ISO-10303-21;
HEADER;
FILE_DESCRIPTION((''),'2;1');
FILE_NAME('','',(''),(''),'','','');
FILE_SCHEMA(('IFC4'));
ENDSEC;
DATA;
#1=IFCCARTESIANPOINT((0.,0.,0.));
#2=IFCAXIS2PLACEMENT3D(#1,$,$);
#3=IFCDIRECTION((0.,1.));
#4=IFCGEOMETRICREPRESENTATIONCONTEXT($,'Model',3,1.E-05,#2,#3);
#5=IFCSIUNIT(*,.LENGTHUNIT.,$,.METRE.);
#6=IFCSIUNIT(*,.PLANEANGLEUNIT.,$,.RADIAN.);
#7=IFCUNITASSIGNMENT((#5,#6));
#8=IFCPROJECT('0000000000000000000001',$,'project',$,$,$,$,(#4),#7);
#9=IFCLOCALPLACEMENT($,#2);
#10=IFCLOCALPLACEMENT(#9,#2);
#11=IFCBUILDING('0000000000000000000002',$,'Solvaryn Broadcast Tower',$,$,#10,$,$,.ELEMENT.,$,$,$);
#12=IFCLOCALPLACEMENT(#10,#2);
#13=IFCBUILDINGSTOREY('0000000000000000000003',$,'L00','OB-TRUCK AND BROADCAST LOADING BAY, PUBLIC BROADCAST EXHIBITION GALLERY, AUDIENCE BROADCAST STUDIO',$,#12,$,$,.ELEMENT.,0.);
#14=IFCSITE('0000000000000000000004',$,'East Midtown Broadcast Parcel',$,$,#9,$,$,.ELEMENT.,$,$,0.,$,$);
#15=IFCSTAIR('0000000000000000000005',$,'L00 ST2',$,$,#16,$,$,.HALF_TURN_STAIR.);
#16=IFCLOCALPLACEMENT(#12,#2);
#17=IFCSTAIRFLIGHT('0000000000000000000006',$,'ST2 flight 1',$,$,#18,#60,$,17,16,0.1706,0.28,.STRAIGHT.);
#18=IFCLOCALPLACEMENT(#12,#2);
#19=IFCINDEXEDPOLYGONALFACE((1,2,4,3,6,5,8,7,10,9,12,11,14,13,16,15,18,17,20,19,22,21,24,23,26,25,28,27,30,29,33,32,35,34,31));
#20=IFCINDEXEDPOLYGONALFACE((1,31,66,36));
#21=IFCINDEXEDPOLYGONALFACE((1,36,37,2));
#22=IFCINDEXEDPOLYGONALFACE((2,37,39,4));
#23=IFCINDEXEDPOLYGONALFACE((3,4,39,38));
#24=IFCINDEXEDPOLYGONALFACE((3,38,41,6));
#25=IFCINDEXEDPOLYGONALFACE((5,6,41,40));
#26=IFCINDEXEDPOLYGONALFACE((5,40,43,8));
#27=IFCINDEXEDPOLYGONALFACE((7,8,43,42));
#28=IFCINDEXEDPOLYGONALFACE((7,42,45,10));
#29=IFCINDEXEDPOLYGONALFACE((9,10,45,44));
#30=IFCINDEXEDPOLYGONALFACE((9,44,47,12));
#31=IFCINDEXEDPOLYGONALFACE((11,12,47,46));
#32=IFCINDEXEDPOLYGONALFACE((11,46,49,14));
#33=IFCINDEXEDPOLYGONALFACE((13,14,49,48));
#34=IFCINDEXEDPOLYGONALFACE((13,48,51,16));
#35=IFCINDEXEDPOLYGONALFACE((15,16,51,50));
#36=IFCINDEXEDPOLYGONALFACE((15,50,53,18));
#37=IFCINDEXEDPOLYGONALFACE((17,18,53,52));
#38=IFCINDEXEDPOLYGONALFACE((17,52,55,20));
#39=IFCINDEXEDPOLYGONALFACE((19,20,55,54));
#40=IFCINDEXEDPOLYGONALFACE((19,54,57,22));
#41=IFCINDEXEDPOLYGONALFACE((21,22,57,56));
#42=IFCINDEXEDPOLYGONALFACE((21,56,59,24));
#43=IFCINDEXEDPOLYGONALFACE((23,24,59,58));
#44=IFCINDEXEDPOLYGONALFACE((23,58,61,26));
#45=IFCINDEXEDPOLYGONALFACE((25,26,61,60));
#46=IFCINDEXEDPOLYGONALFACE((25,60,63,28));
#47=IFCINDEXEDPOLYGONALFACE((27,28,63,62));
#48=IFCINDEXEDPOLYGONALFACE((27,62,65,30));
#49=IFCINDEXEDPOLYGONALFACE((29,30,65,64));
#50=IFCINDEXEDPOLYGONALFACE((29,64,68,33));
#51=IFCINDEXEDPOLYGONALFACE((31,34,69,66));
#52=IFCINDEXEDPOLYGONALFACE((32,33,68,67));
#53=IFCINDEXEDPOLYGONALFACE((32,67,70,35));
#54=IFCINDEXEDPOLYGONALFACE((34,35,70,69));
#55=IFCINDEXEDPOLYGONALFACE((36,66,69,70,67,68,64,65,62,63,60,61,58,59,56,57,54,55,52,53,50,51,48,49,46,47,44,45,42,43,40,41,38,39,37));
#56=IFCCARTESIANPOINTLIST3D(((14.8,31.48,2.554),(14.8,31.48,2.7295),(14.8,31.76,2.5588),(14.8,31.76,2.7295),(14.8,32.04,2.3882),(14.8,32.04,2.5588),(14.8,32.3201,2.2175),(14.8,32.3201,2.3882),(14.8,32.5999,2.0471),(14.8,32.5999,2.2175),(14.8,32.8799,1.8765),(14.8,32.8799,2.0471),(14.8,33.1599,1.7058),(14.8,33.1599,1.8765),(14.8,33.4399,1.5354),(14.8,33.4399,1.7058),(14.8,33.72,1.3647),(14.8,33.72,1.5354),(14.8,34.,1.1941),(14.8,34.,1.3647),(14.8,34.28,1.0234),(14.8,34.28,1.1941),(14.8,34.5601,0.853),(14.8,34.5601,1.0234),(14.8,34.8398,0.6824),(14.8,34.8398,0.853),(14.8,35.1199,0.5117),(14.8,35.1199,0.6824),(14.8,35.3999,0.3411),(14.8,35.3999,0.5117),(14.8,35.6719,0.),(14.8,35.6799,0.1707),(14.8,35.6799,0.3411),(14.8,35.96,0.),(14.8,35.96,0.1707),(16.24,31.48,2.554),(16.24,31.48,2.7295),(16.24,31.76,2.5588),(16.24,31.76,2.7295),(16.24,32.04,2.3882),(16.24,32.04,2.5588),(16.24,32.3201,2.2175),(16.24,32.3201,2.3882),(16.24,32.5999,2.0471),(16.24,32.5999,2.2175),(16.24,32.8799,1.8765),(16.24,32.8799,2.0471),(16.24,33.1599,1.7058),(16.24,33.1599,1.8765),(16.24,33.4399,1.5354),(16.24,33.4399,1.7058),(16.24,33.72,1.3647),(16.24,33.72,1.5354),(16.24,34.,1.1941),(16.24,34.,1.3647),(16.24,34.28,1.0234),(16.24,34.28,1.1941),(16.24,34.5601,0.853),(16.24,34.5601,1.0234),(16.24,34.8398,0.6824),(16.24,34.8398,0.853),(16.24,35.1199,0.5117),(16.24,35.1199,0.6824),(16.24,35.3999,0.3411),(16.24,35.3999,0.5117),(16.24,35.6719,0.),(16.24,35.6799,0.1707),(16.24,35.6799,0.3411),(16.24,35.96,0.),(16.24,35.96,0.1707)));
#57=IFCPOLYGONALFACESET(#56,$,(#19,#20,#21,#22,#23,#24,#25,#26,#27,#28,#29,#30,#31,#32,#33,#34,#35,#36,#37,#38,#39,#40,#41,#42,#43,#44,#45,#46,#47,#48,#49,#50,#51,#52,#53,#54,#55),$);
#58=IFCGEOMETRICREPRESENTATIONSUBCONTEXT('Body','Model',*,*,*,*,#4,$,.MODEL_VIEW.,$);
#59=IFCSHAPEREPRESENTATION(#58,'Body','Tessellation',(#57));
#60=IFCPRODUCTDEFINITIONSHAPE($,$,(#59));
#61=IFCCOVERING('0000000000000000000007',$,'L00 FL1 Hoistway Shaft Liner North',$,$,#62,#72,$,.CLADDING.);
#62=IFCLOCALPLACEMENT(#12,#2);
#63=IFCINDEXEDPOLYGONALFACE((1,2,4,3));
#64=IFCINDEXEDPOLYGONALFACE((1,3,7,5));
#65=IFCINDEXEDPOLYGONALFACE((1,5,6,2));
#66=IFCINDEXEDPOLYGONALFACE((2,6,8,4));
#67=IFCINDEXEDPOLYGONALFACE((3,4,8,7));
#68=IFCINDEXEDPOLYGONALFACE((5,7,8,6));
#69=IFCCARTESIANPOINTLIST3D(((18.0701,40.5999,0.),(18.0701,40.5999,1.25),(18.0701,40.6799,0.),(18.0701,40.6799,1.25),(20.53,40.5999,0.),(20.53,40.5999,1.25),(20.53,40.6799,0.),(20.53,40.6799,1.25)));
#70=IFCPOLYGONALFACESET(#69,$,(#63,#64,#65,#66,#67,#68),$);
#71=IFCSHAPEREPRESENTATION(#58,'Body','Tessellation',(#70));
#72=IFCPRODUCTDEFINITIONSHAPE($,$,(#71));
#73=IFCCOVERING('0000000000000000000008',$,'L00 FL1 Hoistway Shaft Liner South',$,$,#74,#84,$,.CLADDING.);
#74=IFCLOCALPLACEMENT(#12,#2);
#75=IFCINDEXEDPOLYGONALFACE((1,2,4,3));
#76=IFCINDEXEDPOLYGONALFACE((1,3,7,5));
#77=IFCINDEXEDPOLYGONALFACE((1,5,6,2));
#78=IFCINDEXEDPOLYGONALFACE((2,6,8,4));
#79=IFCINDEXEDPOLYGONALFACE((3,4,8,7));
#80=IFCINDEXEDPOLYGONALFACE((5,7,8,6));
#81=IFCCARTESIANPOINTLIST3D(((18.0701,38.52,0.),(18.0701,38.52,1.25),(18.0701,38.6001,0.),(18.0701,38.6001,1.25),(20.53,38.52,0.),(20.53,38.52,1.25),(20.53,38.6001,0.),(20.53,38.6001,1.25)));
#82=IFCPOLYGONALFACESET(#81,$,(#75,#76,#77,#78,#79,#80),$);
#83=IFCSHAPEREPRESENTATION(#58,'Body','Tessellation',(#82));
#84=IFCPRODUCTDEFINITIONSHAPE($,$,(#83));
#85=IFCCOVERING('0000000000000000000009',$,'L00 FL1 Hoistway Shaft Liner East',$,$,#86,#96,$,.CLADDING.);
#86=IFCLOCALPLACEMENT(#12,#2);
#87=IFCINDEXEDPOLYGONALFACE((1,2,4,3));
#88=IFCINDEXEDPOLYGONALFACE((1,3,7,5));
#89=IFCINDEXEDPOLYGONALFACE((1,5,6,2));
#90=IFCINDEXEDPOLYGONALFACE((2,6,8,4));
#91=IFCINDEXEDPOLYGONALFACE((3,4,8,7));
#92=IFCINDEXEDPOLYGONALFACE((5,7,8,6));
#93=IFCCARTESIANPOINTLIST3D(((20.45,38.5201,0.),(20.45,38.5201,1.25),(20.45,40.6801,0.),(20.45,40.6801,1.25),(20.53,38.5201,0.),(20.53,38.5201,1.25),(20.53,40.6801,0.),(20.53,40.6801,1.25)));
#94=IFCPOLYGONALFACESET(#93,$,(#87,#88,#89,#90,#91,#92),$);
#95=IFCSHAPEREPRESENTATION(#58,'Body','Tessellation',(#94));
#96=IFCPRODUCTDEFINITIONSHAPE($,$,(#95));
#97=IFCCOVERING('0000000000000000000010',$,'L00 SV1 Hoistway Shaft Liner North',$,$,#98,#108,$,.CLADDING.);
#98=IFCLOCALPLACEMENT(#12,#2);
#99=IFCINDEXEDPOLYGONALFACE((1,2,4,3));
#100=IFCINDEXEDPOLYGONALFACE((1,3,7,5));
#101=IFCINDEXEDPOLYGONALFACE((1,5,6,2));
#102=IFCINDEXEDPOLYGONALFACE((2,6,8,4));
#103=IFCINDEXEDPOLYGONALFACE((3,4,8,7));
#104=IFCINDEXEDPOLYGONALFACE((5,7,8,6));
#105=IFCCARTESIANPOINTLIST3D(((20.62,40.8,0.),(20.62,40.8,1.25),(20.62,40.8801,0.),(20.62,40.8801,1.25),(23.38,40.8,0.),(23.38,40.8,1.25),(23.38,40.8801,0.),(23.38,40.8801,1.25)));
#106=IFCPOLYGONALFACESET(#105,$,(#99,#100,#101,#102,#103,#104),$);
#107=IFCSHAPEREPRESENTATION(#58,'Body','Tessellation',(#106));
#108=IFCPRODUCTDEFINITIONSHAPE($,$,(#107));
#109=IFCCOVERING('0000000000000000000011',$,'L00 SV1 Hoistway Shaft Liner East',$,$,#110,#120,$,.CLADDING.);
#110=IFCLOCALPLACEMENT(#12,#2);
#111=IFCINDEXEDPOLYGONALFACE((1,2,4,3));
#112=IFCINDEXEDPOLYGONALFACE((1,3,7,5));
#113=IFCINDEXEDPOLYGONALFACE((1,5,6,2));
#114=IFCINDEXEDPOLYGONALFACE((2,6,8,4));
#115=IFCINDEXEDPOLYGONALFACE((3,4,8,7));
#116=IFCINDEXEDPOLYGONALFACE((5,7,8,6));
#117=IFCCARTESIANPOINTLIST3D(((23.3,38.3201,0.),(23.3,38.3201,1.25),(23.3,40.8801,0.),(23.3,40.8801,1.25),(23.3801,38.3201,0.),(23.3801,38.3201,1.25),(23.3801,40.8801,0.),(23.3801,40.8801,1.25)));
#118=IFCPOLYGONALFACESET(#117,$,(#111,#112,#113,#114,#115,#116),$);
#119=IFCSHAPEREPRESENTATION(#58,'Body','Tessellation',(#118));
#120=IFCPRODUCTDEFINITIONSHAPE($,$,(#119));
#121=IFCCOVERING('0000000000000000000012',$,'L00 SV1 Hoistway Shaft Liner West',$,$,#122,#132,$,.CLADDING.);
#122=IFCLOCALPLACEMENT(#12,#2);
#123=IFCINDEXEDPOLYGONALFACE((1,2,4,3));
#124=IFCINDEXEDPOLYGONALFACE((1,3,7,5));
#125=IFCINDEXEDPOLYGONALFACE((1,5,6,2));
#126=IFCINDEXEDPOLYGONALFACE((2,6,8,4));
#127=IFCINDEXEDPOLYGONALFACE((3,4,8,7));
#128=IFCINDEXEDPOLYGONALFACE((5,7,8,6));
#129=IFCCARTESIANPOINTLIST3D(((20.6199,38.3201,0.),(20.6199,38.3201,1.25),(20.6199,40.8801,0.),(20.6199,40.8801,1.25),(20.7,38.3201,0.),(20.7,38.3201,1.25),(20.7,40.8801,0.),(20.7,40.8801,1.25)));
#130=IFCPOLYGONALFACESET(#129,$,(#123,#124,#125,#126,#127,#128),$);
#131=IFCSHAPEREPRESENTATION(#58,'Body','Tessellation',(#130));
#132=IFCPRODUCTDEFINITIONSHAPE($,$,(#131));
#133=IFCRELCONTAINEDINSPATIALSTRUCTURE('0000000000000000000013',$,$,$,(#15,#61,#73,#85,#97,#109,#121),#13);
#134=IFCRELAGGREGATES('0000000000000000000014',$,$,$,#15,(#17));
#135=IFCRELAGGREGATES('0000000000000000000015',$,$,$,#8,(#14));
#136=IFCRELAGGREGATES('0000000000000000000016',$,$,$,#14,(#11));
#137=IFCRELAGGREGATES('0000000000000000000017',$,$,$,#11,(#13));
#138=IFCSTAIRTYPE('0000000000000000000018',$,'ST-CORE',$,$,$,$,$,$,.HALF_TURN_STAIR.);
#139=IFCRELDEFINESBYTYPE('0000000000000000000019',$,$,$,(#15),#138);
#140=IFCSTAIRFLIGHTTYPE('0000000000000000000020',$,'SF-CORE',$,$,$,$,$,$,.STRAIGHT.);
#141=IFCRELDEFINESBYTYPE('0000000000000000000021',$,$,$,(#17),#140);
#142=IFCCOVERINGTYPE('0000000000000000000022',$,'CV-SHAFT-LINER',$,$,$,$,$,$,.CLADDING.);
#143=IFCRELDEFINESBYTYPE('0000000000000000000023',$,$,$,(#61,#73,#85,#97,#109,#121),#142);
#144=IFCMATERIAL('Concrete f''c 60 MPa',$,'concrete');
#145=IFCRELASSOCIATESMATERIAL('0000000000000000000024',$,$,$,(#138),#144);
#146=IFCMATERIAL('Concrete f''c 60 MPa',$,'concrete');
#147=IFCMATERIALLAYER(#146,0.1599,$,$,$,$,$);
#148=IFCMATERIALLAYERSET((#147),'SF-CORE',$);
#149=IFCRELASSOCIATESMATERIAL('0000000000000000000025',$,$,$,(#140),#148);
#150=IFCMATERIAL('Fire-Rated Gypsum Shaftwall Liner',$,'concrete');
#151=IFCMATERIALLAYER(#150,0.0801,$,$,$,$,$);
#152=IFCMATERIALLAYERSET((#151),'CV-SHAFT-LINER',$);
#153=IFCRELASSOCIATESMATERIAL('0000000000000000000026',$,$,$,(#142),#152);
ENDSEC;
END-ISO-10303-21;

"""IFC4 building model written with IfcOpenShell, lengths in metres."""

from ifc_helpers import new_model, si_unit, direction, frame, origin, origin_2d, place, context, subcontext, project, spatial, polyline, rectangle, outline, extrude, material, layer, layer_set, type_object, element, aggregate, save


model = new_model("IFC4")

# Units and contexts
model_context = context("Model", 3, precision=1e-05, world=origin(), true_north=direction((0.0, 1.0)))
body_context = subcontext(model_context, "Body", "Model", "MODEL_VIEW")
ifc_project = project(units=[si_unit("LENGTHUNIT", "METRE"), si_unit("PLANEANGLEUNIT", "RADIAN")], contexts=[model_context])

# Site, building, storey
site_placement = place(None, origin())
site = spatial("IfcSite", under=ifc_project, at=site_placement, Name="East Midtown Broadcast Parcel", CompositionType="ELEMENT", RefElevation=0.0)
building_placement = place(site_placement, origin())
building = spatial("IfcBuilding", under=site, at=building_placement, Name="Solvaryn Broadcast Tower", CompositionType="ELEMENT")
storey_placement = place(building_placement, origin())
storey = spatial("IfcBuildingStorey", under=building, at=storey_placement, Name="L00", Description="OB-TRUCK AND BROADCAST LOADING BAY, PUBLIC BROADCAST EXHIBITION GALLERY, AUDIENCE BROADCAST STUDIO", CompositionType="ELEMENT", Elevation=0.0)

# Stair, stair flight
ifc_material_1 = material(Name="Concrete f'c 60 MPa", Category="concrete")
stair_type = type_object("IfcStairType", Name="ST-CORE", PredefinedType="HALF_TURN_STAIR", material=ifc_material_1)
stair_placement = place(storey_placement, origin())
stair = element("IfcStair", 1, at=stair_placement, inside=storey, type_object=stair_type, Name="L00 ST2", PredefinedType="HALF_TURN_STAIR")
ifc_material_2 = material(Name="Concrete f'c 60 MPa", Category="concrete")
ifc_layer_1 = layer(ifc_material_2, 0.1599)
ifc_layer_set_1 = layer_set([ifc_layer_1], Name="SF-CORE")
stair_flight_type = type_object("IfcStairFlightType", Name="SF-CORE", PredefinedType="STRAIGHT", material=ifc_layer_set_1)
stair_flight_placement = place(storey_placement, frame((15.52, 35.96, 0.0), z_axis=(0.0, 0.0, 1.0), x_axis=(0.0, -1.0, 0.0)))
stair_flight = element("IfcStairFlight", 2, at=stair_flight_placement, type_object=stair_flight_type, Name="ST2 flight 1", NumberOfRisers=17, NumberOfTreads=16, PredefinedType="STRAIGHT", RiserHeight=0.1706, TreadLength=0.28, context=body_context, shape_type="SweptSolid", body=[
    extrude(outline(polyline([(0.0, 0.0), (0.0, 0.1707), (0.28, 0.1707), (0.28, 0.3411), (0.5601, 0.3411), (0.5601, 0.5117), (0.8401, 0.5117), (0.8401, 0.6824), (1.1201, 0.6824), (1.1201, 0.853), (1.3999, 0.853), (1.3999, 1.0234), (1.6799, 1.0234), (1.6799, 1.1941), (1.96, 1.1941), (1.96, 1.3647), (2.24, 1.3647), (2.24, 1.5354), (2.52, 1.5354), (2.52, 1.7058), (2.8, 1.7058), (2.8, 1.8765), (3.0801, 1.8765), (3.0801, 2.0471), (3.3601, 2.0471), (3.3601, 2.2175), (3.6399, 2.2175), (3.6399, 2.3882), (3.9199, 2.3882), (3.9199, 2.5588), (4.2, 2.5588), (4.2, 2.7295), (4.48, 2.7295), (4.48, 2.8999), (4.48, 2.554), (0.2881, 0.0), (0.0, 0.0)])), frame((0.0, 0.72, 0.0), z_axis=(0.0, -1.0, 0.0), x_axis=(1.0, 0.0, 0.0)), (0.0, 0.0, 1.0), 1.4399),
])
aggregate(stair, [stair_flight])

# Coverings
ifc_material_3 = material(Name="Fire-Rated Gypsum Shaftwall Liner", Category="concrete")
ifc_layer_2 = layer(ifc_material_3, 0.0801)
ifc_layer_set_2 = layer_set([ifc_layer_2], Name="CV-SHAFT-LINER")
covering_type = type_object("IfcCoveringType", Name="CV-SHAFT-LINER", PredefinedType="CLADDING", material=ifc_layer_set_2)
for number, where, z_axis, x_axis, name in (
    (3, (19.3, 40.6399, 0.0), (0.0, 0.0, 1.0), (1.0, 0.0, 0.0), "L00 FL1 Hoistway Shaft Liner North"),
    (4, (19.3, 38.5601, 0.0), (0.0, 0.0, 1.0), (1.0, 0.0, 0.0), "L00 FL1 Hoistway Shaft Liner South"),
):
    element("IfcCovering", number, at=place(storey_placement, frame(where, z_axis=z_axis, x_axis=x_axis)), inside=storey, type_object=covering_type, Name=name, PredefinedType="CLADDING", context=body_context, shape_type="SweptSolid", body=[
        extrude(rectangle(XDim=2.46, YDim=0.0801, at=origin_2d()), origin(), (0.0, 0.0, 1.0), 1.25),
    ])
covering_1_placement = place(storey_placement, frame((20.49, 39.6001, 0.0), z_axis=(0.0, 0.0, 1.0), x_axis=(1.0, 0.0, 0.0)))
element("IfcCovering", 5, at=covering_1_placement, inside=storey, type_object=covering_type, Name="L00 FL1 Hoistway Shaft Liner East", PredefinedType="CLADDING", context=body_context, shape_type="SweptSolid", body=[
    extrude(rectangle(XDim=0.0801, YDim=2.1599, at=origin_2d()), origin(), (0.0, 0.0, 1.0), 1.25),
])
covering_2_placement = place(storey_placement, frame((22.0, 40.8401, 0.0), z_axis=(0.0, 0.0, 1.0), x_axis=(1.0, 0.0, 0.0)))
element("IfcCovering", 6, at=covering_2_placement, inside=storey, type_object=covering_type, Name="L00 SV1 Hoistway Shaft Liner North", PredefinedType="CLADDING", context=body_context, shape_type="SweptSolid", body=[
    extrude(rectangle(XDim=2.76, YDim=0.0801, at=origin_2d()), origin(), (0.0, 0.0, 1.0), 1.25),
])
for number, where, z_axis, x_axis, name in (
    (7, (23.3401, 39.6001, 0.0), (0.0, 0.0, 1.0), (1.0, 0.0, 0.0), "L00 SV1 Hoistway Shaft Liner East"),
    (8, (20.6599, 39.6001, 0.0), (0.0, 0.0, 1.0), (1.0, 0.0, 0.0), "L00 SV1 Hoistway Shaft Liner West"),
):
    element("IfcCovering", number, at=place(storey_placement, frame(where, z_axis=z_axis, x_axis=x_axis)), inside=storey, type_object=covering_type, Name=name, PredefinedType="CLADDING", context=body_context, shape_type="SweptSolid", body=[
        extrude(rectangle(XDim=0.0801, YDim=2.5601, at=origin_2d()), origin(), (0.0, 0.0, 1.0), 1.25),
    ])

save(model, "model.ifc")
